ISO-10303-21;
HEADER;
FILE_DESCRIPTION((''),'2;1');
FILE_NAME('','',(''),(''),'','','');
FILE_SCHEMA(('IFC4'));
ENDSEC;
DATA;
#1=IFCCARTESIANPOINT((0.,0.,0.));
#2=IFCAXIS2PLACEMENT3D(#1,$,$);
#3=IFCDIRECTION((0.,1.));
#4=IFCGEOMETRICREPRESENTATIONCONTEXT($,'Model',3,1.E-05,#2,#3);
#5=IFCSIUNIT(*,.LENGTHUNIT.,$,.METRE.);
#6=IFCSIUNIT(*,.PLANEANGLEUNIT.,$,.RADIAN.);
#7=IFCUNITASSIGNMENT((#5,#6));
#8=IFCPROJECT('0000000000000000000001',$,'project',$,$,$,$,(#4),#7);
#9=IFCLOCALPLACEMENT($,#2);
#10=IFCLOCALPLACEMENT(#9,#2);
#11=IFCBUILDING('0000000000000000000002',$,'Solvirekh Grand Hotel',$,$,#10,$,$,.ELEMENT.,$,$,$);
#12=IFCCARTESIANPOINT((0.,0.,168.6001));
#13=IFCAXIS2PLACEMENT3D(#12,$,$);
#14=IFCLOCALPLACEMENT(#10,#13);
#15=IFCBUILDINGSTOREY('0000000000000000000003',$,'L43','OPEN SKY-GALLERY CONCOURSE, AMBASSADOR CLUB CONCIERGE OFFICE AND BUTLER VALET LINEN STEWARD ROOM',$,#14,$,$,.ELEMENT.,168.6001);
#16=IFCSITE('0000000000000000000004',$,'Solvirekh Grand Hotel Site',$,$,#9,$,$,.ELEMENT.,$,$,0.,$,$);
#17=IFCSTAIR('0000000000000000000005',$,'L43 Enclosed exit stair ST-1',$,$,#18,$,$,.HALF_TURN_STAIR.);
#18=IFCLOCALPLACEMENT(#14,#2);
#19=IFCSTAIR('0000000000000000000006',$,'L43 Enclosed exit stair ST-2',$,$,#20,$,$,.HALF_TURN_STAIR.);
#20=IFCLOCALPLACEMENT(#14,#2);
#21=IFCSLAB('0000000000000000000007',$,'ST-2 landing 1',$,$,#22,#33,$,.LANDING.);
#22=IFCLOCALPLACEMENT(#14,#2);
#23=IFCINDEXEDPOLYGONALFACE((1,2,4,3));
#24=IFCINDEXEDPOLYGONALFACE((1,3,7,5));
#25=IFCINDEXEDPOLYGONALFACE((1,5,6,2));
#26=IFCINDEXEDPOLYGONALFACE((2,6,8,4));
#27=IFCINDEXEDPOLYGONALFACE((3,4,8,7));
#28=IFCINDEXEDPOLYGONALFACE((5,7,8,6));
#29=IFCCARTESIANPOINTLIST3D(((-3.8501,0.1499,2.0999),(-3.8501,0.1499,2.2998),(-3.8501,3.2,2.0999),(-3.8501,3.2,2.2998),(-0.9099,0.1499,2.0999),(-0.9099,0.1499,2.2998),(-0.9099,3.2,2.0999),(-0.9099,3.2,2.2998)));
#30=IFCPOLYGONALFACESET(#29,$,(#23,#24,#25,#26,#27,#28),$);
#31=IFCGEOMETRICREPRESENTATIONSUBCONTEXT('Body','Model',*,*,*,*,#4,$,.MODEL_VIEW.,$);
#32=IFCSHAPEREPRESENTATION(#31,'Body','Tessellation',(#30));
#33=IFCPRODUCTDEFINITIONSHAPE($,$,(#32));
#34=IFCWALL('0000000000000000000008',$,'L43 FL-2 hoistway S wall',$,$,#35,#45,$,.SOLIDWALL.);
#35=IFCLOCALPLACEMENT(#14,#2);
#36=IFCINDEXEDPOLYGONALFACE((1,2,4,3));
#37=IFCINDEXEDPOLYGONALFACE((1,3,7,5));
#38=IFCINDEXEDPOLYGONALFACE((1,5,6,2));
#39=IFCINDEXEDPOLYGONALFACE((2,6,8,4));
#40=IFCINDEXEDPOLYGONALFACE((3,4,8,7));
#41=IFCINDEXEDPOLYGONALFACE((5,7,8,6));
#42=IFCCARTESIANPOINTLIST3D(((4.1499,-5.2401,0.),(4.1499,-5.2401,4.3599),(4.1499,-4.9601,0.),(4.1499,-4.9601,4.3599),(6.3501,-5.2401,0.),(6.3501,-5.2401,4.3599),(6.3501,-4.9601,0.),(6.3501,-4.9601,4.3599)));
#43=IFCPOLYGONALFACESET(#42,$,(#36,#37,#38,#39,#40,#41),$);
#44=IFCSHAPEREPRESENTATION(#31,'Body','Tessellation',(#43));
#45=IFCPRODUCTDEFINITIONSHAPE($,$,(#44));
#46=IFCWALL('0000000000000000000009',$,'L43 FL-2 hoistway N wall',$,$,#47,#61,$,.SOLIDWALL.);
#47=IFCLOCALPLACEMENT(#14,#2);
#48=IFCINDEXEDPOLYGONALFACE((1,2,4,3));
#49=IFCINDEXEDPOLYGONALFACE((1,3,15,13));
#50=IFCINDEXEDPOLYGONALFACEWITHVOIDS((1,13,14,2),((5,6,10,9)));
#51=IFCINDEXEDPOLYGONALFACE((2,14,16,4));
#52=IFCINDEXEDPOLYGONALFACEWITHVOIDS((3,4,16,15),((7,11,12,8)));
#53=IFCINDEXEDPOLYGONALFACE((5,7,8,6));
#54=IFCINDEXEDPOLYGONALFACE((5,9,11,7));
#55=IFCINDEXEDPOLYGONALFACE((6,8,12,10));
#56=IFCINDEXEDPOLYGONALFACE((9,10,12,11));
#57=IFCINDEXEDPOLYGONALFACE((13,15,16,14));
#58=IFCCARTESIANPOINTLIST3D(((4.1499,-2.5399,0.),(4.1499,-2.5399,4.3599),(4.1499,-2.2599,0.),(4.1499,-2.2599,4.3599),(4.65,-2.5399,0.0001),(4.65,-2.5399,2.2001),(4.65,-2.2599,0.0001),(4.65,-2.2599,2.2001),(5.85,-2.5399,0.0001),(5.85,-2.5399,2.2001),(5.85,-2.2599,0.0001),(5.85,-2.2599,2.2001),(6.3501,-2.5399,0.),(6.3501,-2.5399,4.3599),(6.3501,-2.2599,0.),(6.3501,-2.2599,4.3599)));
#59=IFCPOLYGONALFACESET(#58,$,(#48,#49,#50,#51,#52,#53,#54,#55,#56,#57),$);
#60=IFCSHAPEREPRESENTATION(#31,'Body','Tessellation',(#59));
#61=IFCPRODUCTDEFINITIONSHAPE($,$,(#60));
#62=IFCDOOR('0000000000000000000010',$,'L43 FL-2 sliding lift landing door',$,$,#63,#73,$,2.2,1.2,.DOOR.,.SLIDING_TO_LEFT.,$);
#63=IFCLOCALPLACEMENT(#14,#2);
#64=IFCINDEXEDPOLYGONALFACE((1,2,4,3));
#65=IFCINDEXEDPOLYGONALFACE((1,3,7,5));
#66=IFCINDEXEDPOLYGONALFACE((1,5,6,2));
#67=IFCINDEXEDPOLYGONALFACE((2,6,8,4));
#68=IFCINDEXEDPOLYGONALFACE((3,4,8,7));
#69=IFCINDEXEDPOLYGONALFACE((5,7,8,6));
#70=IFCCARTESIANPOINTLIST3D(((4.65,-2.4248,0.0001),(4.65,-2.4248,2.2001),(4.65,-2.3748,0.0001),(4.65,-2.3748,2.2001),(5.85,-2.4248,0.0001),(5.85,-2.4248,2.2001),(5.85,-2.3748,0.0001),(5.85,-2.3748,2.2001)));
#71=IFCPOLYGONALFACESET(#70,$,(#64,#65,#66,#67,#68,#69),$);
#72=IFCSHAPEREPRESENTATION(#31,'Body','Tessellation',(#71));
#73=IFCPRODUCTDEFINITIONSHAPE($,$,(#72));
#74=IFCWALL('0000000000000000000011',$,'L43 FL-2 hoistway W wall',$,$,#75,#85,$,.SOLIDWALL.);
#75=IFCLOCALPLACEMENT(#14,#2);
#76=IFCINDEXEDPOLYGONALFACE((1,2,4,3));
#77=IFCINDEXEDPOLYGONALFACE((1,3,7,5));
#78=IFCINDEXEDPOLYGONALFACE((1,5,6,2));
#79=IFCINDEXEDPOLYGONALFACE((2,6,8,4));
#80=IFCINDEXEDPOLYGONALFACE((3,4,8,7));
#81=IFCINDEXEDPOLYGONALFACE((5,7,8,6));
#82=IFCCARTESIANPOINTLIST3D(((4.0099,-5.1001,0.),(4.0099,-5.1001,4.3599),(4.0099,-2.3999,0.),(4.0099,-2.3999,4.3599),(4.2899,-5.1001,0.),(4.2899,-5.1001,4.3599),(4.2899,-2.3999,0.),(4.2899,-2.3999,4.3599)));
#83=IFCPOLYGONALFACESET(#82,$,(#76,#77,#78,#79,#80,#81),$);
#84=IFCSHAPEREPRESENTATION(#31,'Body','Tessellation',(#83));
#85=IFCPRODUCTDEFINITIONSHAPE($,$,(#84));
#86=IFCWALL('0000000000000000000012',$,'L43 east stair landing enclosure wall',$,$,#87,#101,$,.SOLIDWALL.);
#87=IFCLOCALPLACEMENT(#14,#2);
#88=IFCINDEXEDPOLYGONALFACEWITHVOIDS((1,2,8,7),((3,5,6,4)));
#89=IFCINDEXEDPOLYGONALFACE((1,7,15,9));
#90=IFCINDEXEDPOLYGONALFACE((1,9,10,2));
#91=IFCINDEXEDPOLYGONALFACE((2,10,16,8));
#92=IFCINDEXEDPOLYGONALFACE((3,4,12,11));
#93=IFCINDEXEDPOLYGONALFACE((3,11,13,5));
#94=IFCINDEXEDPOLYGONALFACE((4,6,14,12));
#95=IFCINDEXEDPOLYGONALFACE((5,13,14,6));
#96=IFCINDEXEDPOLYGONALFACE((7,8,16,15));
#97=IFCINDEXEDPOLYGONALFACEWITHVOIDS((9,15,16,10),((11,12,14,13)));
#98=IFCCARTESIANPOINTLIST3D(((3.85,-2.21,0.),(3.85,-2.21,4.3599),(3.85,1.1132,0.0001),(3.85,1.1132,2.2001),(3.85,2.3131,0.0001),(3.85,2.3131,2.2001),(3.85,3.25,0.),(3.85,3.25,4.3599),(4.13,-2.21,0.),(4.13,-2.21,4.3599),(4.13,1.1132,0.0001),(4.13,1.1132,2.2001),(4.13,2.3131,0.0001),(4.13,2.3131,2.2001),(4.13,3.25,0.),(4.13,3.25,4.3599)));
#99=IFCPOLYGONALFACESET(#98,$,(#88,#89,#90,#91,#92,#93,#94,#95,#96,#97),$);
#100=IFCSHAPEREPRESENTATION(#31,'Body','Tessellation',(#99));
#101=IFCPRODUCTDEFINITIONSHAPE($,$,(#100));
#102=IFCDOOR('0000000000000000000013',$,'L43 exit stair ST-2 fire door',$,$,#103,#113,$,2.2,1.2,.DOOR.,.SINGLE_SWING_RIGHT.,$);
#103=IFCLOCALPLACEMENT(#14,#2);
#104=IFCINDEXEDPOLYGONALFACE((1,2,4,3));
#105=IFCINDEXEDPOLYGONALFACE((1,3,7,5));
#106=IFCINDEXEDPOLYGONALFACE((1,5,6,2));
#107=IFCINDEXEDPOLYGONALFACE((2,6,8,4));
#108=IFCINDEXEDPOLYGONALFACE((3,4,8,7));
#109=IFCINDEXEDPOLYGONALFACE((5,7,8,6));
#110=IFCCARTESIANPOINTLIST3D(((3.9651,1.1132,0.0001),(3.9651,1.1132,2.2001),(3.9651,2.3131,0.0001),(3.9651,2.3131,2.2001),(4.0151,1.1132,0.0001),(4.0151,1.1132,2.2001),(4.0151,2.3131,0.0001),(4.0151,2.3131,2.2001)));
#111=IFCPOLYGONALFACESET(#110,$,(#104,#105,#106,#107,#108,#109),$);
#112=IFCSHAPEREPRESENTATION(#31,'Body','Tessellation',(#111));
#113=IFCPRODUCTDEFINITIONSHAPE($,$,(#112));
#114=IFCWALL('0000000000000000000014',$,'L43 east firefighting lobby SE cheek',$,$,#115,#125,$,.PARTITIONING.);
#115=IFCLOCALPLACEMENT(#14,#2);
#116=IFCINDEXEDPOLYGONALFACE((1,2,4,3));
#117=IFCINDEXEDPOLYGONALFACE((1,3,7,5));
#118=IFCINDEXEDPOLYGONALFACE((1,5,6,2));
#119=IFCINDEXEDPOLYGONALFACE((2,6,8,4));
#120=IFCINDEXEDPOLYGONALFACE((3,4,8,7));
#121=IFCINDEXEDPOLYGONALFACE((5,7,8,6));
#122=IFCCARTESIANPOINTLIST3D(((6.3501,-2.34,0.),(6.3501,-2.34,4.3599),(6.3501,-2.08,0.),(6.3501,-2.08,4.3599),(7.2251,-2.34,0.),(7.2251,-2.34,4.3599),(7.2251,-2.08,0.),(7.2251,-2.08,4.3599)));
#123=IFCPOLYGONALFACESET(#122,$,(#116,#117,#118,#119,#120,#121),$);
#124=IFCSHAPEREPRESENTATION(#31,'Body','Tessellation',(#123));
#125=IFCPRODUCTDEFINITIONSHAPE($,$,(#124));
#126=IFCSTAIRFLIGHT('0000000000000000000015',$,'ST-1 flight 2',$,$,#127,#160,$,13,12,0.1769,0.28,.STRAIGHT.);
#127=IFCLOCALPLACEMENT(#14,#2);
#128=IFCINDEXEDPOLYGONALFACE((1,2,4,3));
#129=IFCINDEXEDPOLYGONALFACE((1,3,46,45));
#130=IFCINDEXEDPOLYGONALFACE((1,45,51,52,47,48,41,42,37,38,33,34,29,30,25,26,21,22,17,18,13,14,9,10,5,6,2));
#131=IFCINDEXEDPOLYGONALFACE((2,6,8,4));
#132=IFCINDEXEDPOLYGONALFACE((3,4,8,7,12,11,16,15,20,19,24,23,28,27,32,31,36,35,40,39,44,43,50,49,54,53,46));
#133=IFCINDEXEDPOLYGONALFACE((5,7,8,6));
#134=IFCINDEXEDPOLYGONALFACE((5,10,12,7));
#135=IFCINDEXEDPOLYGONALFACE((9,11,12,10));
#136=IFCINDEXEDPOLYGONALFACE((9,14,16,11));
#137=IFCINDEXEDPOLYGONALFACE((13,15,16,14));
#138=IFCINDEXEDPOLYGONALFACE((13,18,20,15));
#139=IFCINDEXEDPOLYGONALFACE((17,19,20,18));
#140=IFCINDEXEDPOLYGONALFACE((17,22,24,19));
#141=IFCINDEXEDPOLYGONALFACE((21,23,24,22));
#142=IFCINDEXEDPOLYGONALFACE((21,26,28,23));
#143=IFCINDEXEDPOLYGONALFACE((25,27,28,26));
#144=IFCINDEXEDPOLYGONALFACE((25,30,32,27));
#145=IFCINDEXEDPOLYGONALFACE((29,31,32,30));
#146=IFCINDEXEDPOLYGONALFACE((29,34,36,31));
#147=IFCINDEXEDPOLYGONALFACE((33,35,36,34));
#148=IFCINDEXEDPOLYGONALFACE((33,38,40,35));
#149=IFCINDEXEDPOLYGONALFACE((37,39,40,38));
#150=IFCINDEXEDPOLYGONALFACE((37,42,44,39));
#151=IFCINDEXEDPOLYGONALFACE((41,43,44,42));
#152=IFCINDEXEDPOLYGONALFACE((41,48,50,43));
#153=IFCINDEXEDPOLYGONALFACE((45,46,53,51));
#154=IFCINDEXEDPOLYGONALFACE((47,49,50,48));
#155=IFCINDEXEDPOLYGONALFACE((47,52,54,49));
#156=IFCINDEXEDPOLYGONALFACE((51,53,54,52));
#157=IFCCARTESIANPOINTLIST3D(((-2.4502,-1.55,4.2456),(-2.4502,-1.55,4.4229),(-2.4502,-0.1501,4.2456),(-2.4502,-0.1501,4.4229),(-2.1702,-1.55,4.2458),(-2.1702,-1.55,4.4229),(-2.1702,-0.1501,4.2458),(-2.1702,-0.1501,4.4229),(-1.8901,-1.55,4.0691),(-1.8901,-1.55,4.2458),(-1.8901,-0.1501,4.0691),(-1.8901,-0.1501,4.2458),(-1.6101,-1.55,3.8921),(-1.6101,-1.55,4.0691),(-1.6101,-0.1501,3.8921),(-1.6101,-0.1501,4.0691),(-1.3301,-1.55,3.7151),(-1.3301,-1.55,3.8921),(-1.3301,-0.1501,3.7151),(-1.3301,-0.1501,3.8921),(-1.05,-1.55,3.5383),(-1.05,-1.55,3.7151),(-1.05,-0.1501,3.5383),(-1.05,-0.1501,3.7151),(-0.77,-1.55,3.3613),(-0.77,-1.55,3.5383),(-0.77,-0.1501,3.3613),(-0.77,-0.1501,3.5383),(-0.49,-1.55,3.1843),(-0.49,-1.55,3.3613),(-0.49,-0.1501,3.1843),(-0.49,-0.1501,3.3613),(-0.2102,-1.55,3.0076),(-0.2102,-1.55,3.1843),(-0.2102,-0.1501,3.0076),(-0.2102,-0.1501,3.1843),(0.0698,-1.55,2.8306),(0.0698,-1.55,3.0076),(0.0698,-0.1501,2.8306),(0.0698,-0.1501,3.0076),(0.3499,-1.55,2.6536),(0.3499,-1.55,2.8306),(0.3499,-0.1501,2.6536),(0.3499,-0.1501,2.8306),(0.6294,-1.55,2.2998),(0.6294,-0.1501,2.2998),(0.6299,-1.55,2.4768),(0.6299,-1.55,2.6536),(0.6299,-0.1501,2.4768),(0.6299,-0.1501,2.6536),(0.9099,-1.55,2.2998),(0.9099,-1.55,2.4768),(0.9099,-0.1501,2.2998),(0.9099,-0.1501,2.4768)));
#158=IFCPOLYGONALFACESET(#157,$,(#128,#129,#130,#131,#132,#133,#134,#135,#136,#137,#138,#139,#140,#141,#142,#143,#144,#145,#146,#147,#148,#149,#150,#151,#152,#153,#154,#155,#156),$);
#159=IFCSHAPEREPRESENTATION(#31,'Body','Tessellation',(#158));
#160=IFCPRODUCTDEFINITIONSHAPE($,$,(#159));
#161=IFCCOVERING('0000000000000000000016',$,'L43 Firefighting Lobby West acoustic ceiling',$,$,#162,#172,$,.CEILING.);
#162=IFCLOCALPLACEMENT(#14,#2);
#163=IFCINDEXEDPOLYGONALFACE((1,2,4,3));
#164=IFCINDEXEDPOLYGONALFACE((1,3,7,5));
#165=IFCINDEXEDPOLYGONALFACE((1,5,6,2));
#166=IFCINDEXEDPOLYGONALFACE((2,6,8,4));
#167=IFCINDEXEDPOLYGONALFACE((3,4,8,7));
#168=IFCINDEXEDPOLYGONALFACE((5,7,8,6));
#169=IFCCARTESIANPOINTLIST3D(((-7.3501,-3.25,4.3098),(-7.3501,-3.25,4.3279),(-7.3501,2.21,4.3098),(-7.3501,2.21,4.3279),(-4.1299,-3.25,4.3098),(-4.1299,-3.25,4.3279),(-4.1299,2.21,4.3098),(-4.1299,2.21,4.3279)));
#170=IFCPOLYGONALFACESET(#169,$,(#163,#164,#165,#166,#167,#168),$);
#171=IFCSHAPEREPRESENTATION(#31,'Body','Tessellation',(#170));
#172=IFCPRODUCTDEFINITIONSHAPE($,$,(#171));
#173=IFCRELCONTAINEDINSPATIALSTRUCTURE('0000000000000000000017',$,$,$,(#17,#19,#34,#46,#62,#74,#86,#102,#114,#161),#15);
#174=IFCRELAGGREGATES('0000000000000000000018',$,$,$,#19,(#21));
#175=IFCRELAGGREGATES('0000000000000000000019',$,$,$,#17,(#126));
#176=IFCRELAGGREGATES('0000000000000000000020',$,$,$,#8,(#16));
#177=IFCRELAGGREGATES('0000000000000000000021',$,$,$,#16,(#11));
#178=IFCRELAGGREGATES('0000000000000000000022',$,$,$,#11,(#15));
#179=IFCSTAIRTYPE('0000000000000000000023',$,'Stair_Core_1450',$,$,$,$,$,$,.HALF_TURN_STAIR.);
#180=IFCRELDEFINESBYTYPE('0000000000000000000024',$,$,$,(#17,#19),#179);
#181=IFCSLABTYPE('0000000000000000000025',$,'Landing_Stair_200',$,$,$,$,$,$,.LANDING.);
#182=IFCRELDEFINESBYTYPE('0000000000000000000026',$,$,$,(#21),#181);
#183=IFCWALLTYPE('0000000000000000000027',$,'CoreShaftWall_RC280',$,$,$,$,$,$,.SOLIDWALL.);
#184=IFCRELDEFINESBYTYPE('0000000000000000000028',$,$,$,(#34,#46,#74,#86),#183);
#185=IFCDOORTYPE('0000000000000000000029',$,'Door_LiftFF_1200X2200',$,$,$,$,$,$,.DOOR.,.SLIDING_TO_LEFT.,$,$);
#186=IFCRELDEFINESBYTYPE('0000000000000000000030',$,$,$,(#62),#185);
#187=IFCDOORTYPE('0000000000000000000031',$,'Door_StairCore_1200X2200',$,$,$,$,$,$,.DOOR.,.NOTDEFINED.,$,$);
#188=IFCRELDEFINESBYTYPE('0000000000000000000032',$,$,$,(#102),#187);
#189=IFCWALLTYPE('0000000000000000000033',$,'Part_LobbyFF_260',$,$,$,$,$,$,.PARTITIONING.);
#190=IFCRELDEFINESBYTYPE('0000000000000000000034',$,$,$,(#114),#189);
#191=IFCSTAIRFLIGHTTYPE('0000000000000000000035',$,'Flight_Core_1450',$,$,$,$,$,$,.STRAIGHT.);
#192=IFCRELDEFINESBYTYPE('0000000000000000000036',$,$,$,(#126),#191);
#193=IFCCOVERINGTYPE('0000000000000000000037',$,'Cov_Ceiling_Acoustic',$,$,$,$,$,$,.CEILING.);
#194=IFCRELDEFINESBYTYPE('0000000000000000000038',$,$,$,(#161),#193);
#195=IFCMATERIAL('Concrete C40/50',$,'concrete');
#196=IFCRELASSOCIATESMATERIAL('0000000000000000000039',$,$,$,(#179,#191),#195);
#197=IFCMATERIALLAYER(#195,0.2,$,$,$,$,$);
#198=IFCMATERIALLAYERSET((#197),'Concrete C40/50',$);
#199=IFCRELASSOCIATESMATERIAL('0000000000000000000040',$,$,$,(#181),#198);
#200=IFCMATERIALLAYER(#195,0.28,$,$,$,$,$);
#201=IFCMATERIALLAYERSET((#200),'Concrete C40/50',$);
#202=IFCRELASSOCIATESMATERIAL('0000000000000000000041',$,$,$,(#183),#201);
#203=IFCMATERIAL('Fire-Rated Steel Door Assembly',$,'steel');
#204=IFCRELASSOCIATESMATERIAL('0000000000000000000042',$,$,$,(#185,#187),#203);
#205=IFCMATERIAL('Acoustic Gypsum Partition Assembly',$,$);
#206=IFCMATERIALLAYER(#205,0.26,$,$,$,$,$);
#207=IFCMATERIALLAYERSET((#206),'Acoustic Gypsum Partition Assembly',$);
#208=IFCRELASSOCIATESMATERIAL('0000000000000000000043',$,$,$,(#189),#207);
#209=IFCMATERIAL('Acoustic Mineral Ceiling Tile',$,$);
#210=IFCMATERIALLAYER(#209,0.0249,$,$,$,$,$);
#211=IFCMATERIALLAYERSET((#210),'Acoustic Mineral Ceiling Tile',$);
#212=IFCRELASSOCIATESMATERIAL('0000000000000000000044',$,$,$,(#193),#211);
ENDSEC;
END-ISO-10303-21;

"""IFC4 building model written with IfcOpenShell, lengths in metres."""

from ifc_helpers import new_model, si_unit, direction, frame, frame_2d, origin, place, context, subcontext, project, spatial, polyline, rectangle, outline, extrude, material, layer, layer_set, type_object, element, fill, aggregate, save


model = new_model("IFC4")

# Units and contexts
model_context = context("Model", 3, precision=1e-05, world=origin(), true_north=direction((0.0, 1.0)))
body_context = subcontext(model_context, "Body", "Model", "MODEL_VIEW")
ifc_project = project(units=[si_unit("LENGTHUNIT", "METRE"), si_unit("PLANEANGLEUNIT", "RADIAN")], contexts=[model_context])

# Site, building, storey
site_placement = place(None, origin())
site = spatial("IfcSite", under=ifc_project, at=site_placement, Name="Solvirekh Grand Hotel Site", CompositionType="ELEMENT", RefElevation=0.0)
building_placement = place(site_placement, origin())
building = spatial("IfcBuilding", under=site, at=building_placement, Name="Solvirekh Grand Hotel", CompositionType="ELEMENT")
storey_placement = place(building_placement, frame((0.0, 0.0, 168.6001)))
storey = spatial("IfcBuildingStorey", under=building, at=storey_placement, Name="L43", Description="OPEN SKY-GALLERY CONCOURSE, AMBASSADOR CLUB CONCIERGE OFFICE AND BUTLER VALET LINEN STEWARD ROOM", CompositionType="ELEMENT", Elevation=168.6001)

# Stairs, slab
ifc_material_1 = material(Name="Concrete C40/50", Category="concrete")
stair_type = type_object("IfcStairType", Name="Stair_Core_1450", PredefinedType="HALF_TURN_STAIR", material=ifc_material_1)
stair_1_placement = place(storey_placement, origin())
stair_1 = element("IfcStair", 1, at=stair_1_placement, inside=storey, type_object=stair_type, Name="L43 Enclosed exit stair ST-1", PredefinedType="HALF_TURN_STAIR")
ifc_layer_1 = layer(ifc_material_1, 0.2)
ifc_layer_set_1 = layer_set([ifc_layer_1], Name="Concrete C40/50")
slab_type_1 = type_object("IfcSlabType", Name="Landing_Stair_200", PredefinedType="LANDING", material=ifc_layer_set_1)
stair_2_placement = place(storey_placement, origin())
stair_2 = element("IfcStair", 2, at=stair_2_placement, inside=storey, type_object=stair_type, Name="L43 Enclosed exit stair ST-2", PredefinedType="HALF_TURN_STAIR")
slab_1_placement = place(storey_placement, frame((0.0, 0.0, 2.0999)))
slab_1 = element("IfcSlab", 3, at=slab_1_placement, type_object=slab_type_1, Name="ST-2 landing 1", PredefinedType="LANDING", context=body_context, shape_type="SweptSolid", body=[
    extrude(outline(polyline([(-0.9099, 3.2), (-3.8501, 3.2), (-3.8501, 0.1499), (-0.9099, 0.1499), (-0.9099, 3.2)])), origin(), (0.0, 0.0, 1.0), 0.2),
])
aggregate(stair_2, [slab_1])

# Wall
ifc_layer_2 = layer(ifc_material_1, 0.28)
ifc_layer_set_2 = layer_set([ifc_layer_2], Name="Concrete C40/50")
wall_type_1 = type_object("IfcWallType", Name="CoreShaftWall_RC280", PredefinedType="SOLIDWALL", material=ifc_layer_set_2)
wall_1_placement = place(storey_placement, frame((4.1499, -5.1001, 0.0), z_axis=(0.0, 0.0, 1.0), x_axis=(1.0, 0.0, 0.0)))
element("IfcWall", 4, at=wall_1_placement, inside=storey, type_object=wall_type_1, Name="L43 FL-2 hoistway S wall", PredefinedType="SOLIDWALL", context=body_context, shape_type="SweptSolid", body=[
    extrude(rectangle(XDim=2.2002, YDim=0.28, at=frame_2d((1.1001, 0.0))), origin(), (0.0, 0.0, 1.0), 4.3599),
])

# Wall, opening, door
wall_2_placement = place(storey_placement, frame((6.3501, -2.3999, 0.0), z_axis=(0.0, 0.0, 1.0), x_axis=(-1.0, 0.0, 0.0)))
wall_2 = element("IfcWall", 5, at=wall_2_placement, inside=storey, type_object=wall_type_1, Name="L43 FL-2 hoistway N wall", PredefinedType="SOLIDWALL", context=body_context, shape_type="SweptSolid", body=[
    extrude(rectangle(XDim=2.2002, YDim=0.28, at=frame_2d((1.1001, 0.0))), origin(), (0.0, 0.0, 1.0), 4.3599),
])
opening_1_placement = place(wall_2_placement, frame((0.5, 0.0, 0.0)))
opening_1 = element("IfcOpeningElement", 6, at=opening_1_placement, cuts=wall_2, PredefinedType="OPENING", context=body_context, shape_type="SweptSolid", body=[
    extrude(rectangle(XDim=1.2, YDim=2.2, at=frame_2d((0.6001, 1.1001))), frame((0.0, 0.1499, 0.0), z_axis=(0.0, -1.0, 0.0), x_axis=(1.0, 0.0, 0.0)), (0.0, 0.0, 1.0), 0.3),
])
ifc_material_2 = material(Name="Fire-Rated Steel Door Assembly", Category="steel")
door_type_1 = type_object("IfcDoorType", Name="Door_LiftFF_1200X2200", OperationType="SLIDING_TO_LEFT", PredefinedType="DOOR", material=ifc_material_2)
door_1_placement = place(opening_1_placement, origin())
door_1 = element("IfcDoor", 7, at=door_1_placement, inside=storey, type_object=door_type_1, Name="L43 FL-2 sliding lift landing door", OperationType="SLIDING_TO_LEFT", OverallHeight=2.2, OverallWidth=1.2, PredefinedType="DOOR", context=body_context, shape_type="SweptSolid", body=[
    extrude(rectangle(XDim=1.2, YDim=2.2, at=frame_2d((0.6001, 1.1001))), frame((0.0, 0.0249, 0.0), z_axis=(0.0, -1.0, 0.0), x_axis=(1.0, 0.0, 0.0)), (0.0, 0.0, 1.0), 0.05),
])
fill(opening_1, door_1)

# Wall
wall_3_placement = place(storey_placement, frame((4.1499, -2.3999, 0.0), z_axis=(0.0, 0.0, 1.0), x_axis=(0.0, -1.0, 0.0)))
element("IfcWall", 8, at=wall_3_placement, inside=storey, type_object=wall_type_1, Name="L43 FL-2 hoistway W wall", PredefinedType="SOLIDWALL", context=body_context, shape_type="SweptSolid", body=[
    extrude(rectangle(XDim=2.7002, YDim=0.28, at=frame_2d((1.3501, 0.0))), origin(), (0.0, 0.0, 1.0), 4.3599),
])

# Wall, opening, door
wall_4_placement = place(storey_placement, frame((3.99, -2.21, 0.0), z_axis=(0.0, 0.0, 1.0), x_axis=(0.0, 1.0, 0.0)))
wall_4 = element("IfcWall", 9, at=wall_4_placement, inside=storey, type_object=wall_type_1, Name="L43 east stair landing enclosure wall", PredefinedType="SOLIDWALL", context=body_context, shape_type="SweptSolid", body=[
    extrude(rectangle(XDim=5.46, YDim=0.28, at=frame_2d((2.73, 0.0))), origin(), (0.0, 0.0, 1.0), 4.3599),
])
opening_2_placement = place(wall_4_placement, frame((3.323, 0.0, 0.0)))
opening_2 = element("IfcOpeningElement", 10, at=opening_2_placement, cuts=wall_4, PredefinedType="OPENING", context=body_context, shape_type="SweptSolid", body=[
    extrude(rectangle(XDim=1.2, YDim=2.2, at=frame_2d((0.6001, 1.1001))), frame((0.0, 0.1499, 0.0), z_axis=(0.0, -1.0, 0.0), x_axis=(1.0, 0.0, 0.0)), (0.0, 0.0, 1.0), 0.3),
])
door_type_2 = type_object("IfcDoorType", Name="Door_StairCore_1200X2200", OperationType="NOTDEFINED", PredefinedType="DOOR", material=ifc_material_2)
door_2_placement = place(opening_2_placement, origin())
door_2 = element("IfcDoor", 11, at=door_2_placement, inside=storey, type_object=door_type_2, Name="L43 exit stair ST-2 fire door", OperationType="SINGLE_SWING_RIGHT", OverallHeight=2.2, OverallWidth=1.2, PredefinedType="DOOR", context=body_context, shape_type="SweptSolid", body=[
    extrude(rectangle(XDim=1.2, YDim=2.2, at=frame_2d((0.6001, 1.1001))), frame((0.0, 0.0249, 0.0), z_axis=(0.0, -1.0, 0.0), x_axis=(1.0, 0.0, 0.0)), (0.0, 0.0, 1.0), 0.05),
])
fill(opening_2, door_2)

# Wall
ifc_material_3 = material(Name="Acoustic Gypsum Partition Assembly")
ifc_layer_3 = layer(ifc_material_3, 0.26)
ifc_layer_set_3 = layer_set([ifc_layer_3], Name="Acoustic Gypsum Partition Assembly")
wall_type_2 = type_object("IfcWallType", Name="Part_LobbyFF_260", PredefinedType="PARTITIONING", material=ifc_layer_set_3)
wall_5_placement = place(storey_placement, frame((6.3501, -2.21, 0.0), z_axis=(0.0, 0.0, 1.0), x_axis=(1.0, 0.0, 0.0)))
element("IfcWall", 12, at=wall_5_placement, inside=storey, type_object=wall_type_2, Name="L43 east firefighting lobby SE cheek", PredefinedType="PARTITIONING", context=body_context, shape_type="SweptSolid", body=[
    extrude(rectangle(XDim=0.875, YDim=0.26, at=frame_2d((0.4375, 0.0))), origin(), (0.0, 0.0, 1.0), 4.3599),
])

# Stair flight
stair_flight_type = type_object("IfcStairFlightType", Name="Flight_Core_1450", PredefinedType="STRAIGHT", material=ifc_material_1)
stair_flight_placement = place(storey_placement, frame((0.9099, -0.8501, 2.2998), z_axis=(0.0, 0.0, 1.0), x_axis=(-1.0, 0.0, 0.0)))
stair_flight = element("IfcStairFlight", 13, at=stair_flight_placement, type_object=stair_flight_type, Name="ST-1 flight 2", NumberOfRisers=13, NumberOfTreads=12, PredefinedType="STRAIGHT", RiserHeight=0.1769, TreadLength=0.28, context=body_context, shape_type="SweptSolid", body=[
    extrude(outline(polyline([(0.0, 0.0), (0.0, 0.177), (0.28, 0.177), (0.28, 0.3538), (0.5601, 0.3538), (0.5601, 0.5308), (0.8401, 0.5308), (0.8401, 0.7078), (1.1201, 0.7078), (1.1201, 0.8845), (1.3999, 0.8845), (1.3999, 1.0615), (1.6799, 1.0615), (1.6799, 1.2385), (1.96, 1.2385), (1.96, 1.4153), (2.24, 1.4153), (2.24, 1.5923), (2.52, 1.5923), (2.52, 1.7693), (2.8, 1.7693), (2.8, 1.946), (3.0801, 1.946), (3.0801, 2.123), (3.3601, 2.123), (3.3601, 2.3), (3.3601, 1.9458), (0.2805, 0.0), (0.0, 0.0)])), frame((0.0, 0.7, 0.0), z_axis=(0.0, -1.0, 0.0), x_axis=(1.0, 0.0, 0.0)), (0.0, 0.0, 1.0), 1.3999),
])
aggregate(stair_1, [stair_flight])

# Covering
ifc_material_4 = material(Name="Acoustic Mineral Ceiling Tile")
ifc_layer_4 = layer(ifc_material_4, 0.0249)
ifc_layer_set_4 = layer_set([ifc_layer_4], Name="Acoustic Mineral Ceiling Tile")
covering_type_1 = type_object("IfcCoveringType", Name="Cov_Ceiling_Acoustic", PredefinedType="CEILING", material=ifc_layer_set_4)
covering_1_placement = place(storey_placement, frame((0.0, 0.0, 4.3098)))
element("IfcCovering", 14, at=covering_1_placement, inside=storey, type_object=covering_type_1, Name="L43 Firefighting Lobby West acoustic ceiling", PredefinedType="CEILING", context=body_context, shape_type="SweptSolid", body=[
    extrude(outline(polyline([(-7.3501, -3.25), (-4.1299, -3.25), (-4.1299, 2.21), (-7.3501, 2.21), (-7.3501, -3.25)])), origin(), (0.0, 0.0, 1.0), 0.0181),
])

save(model, "model.ifc")
